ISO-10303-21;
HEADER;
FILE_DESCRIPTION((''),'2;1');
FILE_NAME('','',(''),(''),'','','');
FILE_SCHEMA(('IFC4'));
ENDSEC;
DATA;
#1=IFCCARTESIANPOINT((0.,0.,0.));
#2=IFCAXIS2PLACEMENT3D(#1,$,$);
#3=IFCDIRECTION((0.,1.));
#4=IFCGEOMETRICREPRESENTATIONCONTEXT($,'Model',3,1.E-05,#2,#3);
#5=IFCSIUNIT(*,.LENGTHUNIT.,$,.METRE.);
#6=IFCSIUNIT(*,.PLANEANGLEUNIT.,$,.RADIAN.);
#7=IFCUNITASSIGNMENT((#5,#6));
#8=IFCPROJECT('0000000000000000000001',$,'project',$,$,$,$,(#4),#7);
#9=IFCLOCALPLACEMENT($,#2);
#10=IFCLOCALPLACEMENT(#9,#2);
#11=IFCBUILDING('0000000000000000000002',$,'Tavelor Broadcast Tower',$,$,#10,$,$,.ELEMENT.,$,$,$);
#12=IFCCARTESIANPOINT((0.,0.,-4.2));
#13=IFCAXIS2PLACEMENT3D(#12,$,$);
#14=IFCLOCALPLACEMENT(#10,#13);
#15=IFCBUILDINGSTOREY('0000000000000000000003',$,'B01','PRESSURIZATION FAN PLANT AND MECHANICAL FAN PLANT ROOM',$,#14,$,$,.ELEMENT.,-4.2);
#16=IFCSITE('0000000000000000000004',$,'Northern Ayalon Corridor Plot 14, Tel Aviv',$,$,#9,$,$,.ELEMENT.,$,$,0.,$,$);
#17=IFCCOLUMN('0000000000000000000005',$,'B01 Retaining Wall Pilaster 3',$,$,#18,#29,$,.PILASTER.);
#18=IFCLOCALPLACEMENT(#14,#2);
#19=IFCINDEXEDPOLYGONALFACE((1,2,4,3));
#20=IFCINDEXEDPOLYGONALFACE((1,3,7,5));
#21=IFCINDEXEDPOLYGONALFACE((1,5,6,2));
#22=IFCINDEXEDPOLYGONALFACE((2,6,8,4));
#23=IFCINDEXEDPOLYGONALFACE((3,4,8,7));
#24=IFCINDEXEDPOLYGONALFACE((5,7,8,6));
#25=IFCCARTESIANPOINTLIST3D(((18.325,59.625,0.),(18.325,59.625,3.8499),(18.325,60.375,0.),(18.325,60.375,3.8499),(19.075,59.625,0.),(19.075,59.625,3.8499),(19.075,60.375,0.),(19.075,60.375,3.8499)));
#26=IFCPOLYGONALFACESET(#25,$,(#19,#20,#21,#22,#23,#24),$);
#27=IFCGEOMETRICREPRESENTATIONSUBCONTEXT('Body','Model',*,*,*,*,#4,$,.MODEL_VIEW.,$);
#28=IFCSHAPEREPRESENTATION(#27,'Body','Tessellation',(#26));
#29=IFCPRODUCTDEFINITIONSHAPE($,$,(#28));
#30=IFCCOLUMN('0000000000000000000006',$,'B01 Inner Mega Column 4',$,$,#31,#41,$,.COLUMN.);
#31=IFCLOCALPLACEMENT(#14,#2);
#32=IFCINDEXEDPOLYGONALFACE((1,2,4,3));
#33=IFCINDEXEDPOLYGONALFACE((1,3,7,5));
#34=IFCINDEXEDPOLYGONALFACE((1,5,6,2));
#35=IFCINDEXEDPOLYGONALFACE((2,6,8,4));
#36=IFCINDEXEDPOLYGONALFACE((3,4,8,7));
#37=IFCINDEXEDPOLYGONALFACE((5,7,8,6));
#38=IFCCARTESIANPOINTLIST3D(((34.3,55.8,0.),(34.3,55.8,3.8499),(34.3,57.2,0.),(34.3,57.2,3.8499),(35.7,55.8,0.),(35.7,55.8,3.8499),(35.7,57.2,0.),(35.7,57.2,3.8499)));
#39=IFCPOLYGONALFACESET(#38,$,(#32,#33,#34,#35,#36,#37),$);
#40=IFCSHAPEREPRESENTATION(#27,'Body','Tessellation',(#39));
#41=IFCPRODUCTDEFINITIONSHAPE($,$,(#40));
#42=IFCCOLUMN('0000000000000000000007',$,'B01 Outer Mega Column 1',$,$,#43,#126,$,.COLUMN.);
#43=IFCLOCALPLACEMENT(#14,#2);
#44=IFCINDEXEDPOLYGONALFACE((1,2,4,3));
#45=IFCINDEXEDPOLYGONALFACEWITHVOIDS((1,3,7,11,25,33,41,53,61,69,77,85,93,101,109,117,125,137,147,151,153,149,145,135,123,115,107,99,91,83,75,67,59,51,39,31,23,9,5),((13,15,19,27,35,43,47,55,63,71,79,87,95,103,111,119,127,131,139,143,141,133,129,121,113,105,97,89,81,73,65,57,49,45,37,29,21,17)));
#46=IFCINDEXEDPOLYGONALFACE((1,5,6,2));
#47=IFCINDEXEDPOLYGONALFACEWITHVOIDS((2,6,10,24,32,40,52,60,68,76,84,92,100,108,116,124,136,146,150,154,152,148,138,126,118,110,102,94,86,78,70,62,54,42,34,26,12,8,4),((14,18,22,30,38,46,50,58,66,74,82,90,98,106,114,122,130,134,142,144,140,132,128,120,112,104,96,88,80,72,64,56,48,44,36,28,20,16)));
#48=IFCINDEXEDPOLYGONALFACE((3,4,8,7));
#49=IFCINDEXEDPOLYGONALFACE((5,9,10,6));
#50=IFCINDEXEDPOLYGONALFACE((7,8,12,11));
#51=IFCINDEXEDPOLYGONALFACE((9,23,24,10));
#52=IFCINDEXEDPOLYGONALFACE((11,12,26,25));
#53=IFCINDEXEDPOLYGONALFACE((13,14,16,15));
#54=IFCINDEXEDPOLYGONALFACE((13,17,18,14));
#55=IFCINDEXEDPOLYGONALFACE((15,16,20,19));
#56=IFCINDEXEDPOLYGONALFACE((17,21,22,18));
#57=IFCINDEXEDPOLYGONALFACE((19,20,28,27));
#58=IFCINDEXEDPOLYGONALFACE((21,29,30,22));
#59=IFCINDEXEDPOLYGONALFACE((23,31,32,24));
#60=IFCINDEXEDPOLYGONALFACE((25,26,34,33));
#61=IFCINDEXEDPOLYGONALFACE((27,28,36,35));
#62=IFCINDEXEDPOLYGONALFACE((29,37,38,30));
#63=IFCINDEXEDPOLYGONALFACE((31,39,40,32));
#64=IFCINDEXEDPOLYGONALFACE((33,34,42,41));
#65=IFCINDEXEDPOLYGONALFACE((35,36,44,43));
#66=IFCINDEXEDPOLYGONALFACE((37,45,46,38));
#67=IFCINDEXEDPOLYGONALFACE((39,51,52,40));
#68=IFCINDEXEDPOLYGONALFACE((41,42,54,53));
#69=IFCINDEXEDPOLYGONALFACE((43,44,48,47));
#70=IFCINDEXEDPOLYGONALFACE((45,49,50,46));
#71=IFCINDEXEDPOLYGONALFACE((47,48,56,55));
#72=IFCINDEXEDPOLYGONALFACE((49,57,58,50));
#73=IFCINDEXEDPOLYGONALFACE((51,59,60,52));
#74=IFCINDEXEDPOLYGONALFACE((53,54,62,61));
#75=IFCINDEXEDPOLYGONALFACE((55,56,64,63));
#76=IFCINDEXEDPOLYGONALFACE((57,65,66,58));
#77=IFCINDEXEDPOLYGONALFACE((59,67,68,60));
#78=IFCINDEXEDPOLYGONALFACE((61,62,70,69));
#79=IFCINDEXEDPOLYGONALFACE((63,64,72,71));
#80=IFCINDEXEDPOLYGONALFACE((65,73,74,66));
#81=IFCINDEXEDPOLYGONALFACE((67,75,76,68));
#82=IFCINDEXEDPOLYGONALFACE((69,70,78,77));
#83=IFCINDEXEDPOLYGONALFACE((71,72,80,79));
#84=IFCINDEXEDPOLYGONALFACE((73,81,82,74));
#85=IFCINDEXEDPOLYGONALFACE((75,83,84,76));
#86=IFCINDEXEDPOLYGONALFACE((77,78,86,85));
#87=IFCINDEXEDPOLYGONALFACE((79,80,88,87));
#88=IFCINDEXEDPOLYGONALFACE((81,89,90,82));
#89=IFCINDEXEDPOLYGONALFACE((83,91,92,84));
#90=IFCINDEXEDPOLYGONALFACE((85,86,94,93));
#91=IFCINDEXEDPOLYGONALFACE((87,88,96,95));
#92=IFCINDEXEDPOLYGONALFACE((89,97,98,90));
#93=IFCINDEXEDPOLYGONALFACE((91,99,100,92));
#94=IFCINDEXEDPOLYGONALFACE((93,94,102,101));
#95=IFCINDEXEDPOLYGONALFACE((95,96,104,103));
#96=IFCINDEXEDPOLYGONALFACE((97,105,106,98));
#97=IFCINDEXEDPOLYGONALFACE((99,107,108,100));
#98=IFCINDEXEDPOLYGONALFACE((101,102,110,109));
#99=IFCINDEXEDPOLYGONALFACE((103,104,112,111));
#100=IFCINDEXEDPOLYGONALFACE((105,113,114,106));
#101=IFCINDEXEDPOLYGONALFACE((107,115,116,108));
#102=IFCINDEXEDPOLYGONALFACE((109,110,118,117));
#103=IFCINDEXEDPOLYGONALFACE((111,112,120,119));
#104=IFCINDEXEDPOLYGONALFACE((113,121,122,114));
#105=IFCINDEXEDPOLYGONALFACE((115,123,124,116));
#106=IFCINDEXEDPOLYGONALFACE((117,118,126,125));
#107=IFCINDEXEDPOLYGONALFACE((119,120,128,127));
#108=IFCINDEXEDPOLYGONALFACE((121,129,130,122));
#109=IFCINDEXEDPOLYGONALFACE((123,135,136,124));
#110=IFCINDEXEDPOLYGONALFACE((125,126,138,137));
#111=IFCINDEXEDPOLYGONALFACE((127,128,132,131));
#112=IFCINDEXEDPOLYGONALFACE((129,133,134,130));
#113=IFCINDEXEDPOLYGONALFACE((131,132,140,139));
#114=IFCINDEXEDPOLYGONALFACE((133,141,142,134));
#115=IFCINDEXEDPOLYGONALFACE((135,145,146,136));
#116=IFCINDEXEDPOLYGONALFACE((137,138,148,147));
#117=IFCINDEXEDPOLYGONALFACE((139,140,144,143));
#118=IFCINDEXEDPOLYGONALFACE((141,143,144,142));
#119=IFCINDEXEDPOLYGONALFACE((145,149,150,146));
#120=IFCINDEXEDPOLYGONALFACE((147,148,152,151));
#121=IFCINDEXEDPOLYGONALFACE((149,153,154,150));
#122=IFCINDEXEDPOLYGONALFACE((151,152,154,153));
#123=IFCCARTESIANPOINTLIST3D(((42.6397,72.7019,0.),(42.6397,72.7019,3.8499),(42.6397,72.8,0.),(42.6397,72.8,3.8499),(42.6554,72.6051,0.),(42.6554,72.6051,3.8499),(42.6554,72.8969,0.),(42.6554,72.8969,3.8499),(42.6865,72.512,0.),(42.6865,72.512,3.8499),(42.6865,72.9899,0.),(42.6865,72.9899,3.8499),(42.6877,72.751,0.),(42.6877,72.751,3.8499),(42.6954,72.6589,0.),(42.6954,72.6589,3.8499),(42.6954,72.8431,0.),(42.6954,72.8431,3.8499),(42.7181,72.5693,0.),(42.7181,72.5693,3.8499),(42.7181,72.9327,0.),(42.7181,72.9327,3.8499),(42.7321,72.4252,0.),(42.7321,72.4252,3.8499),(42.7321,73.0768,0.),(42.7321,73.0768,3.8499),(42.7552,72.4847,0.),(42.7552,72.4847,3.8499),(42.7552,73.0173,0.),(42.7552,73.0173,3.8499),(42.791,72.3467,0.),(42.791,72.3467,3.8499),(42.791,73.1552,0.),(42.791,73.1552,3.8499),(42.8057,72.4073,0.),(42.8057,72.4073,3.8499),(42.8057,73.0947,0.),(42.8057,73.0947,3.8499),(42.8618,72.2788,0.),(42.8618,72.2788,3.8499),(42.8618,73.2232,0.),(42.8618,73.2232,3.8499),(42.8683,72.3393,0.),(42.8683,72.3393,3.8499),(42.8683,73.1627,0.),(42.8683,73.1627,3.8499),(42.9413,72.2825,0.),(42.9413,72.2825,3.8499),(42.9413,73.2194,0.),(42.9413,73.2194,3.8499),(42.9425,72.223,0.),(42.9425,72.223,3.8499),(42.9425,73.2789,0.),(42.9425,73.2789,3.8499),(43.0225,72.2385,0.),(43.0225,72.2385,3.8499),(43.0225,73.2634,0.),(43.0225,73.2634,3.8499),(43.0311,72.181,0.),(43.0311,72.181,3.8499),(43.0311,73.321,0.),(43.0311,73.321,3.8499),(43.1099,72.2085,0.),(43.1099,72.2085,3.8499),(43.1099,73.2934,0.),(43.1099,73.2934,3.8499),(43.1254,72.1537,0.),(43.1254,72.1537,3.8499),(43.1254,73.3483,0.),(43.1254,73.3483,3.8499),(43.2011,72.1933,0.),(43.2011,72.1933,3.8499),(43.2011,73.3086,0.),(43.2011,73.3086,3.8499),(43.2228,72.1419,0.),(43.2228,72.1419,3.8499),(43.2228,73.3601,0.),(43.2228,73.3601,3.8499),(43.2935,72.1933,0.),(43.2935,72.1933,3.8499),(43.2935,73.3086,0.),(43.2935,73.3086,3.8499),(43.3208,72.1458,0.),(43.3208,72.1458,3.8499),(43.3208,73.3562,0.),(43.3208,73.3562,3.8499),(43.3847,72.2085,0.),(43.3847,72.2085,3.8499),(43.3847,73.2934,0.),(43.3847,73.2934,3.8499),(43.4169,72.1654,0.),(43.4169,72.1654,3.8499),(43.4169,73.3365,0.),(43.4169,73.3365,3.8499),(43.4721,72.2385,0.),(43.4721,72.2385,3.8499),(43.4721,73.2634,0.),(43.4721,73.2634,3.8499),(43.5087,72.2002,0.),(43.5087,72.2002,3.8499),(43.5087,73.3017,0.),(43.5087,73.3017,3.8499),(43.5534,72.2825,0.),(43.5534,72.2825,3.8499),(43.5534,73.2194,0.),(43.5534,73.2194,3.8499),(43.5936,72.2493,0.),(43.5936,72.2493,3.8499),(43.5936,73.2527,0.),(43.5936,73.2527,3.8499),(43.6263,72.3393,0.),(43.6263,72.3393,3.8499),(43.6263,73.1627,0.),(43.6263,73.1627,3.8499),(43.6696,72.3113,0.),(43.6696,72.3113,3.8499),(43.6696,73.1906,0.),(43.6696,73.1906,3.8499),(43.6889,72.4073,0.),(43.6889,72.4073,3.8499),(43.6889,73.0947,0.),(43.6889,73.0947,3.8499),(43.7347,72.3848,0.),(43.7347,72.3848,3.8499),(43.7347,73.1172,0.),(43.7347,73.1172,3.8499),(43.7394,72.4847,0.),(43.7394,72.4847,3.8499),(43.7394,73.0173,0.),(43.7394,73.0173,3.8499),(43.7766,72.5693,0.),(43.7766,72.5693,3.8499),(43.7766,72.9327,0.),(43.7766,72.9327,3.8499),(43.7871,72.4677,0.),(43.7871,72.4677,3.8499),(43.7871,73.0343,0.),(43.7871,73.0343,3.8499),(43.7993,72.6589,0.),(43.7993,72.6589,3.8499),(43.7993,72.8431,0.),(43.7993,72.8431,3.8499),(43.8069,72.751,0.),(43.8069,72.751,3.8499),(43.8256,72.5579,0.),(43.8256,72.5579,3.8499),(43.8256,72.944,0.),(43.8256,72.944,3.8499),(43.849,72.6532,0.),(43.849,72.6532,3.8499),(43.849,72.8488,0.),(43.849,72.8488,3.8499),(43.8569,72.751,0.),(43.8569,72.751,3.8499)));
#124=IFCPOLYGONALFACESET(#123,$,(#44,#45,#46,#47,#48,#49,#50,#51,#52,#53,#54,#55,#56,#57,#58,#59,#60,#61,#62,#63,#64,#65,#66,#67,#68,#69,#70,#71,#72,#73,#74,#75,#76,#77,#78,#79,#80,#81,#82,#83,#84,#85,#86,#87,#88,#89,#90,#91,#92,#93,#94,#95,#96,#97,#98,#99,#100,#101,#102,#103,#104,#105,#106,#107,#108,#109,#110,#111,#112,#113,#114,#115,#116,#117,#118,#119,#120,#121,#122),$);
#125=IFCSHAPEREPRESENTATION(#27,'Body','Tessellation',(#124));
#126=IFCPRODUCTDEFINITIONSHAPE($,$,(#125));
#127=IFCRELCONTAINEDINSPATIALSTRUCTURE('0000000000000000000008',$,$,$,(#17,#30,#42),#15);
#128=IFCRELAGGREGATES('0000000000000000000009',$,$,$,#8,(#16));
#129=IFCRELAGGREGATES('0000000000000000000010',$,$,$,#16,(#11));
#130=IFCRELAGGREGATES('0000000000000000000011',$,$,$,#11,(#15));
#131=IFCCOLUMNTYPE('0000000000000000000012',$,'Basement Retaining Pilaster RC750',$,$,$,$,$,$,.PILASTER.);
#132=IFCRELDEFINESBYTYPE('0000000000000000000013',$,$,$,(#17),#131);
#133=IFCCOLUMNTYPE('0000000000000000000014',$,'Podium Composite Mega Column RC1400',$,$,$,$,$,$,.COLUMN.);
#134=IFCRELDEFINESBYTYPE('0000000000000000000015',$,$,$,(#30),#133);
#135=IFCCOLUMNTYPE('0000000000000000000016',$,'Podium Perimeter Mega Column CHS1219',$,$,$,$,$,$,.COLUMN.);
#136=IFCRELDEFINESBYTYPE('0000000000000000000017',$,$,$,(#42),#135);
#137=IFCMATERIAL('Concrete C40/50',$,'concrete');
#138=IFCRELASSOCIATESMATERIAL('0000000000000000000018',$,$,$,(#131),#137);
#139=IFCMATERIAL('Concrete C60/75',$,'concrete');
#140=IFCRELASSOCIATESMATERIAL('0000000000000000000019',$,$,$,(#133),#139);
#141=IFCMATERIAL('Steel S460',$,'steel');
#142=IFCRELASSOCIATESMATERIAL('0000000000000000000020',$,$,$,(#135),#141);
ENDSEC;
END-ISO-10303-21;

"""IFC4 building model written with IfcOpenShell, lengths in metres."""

from ifc_helpers import new_model, si_unit, direction, frame, origin, origin_2d, place, context, subcontext, project, spatial, rectangle, hollow_circle, extrude, material, material_profile, profile_set, type_object, element, save


model = new_model("IFC4")

# Units and contexts
model_context = context("Model", 3, precision=1e-05, world=origin(), true_north=direction((0.0, 1.0)))
body_context = subcontext(model_context, "Body", "Model", "MODEL_VIEW")
ifc_project = project(units=[si_unit("LENGTHUNIT", "METRE"), si_unit("PLANEANGLEUNIT", "RADIAN")], contexts=[model_context])

# Site, building, storey
site_placement = place(None, origin())
site = spatial("IfcSite", under=ifc_project, at=site_placement, Name="Northern Ayalon Corridor Plot 14, Tel Aviv", CompositionType="ELEMENT", RefElevation=0.0)
building_placement = place(site_placement, origin())
building = spatial("IfcBuilding", under=site, at=building_placement, Name="Tavelor Broadcast Tower", CompositionType="ELEMENT")
storey_placement = place(building_placement, frame((0.0, 0.0, -4.2)))
storey = spatial("IfcBuildingStorey", under=building, at=storey_placement, Name="B01", Description="PRESSURIZATION FAN PLANT AND MECHANICAL FAN PLANT ROOM", CompositionType="ELEMENT", Elevation=-4.2)

# Columns
ifc_material_1 = material(Name="Concrete C40/50", Category="concrete")
ifc_material_profile_1 = material_profile(ifc_material_1, rectangle(XDim=0.75, YDim=0.75, at=origin_2d()), Name="RC 750x750")
ifc_profile_set_1 = profile_set([ifc_material_profile_1], Name="Concrete C40/50")
column_type_1 = type_object("IfcColumnType", Name="Basement Retaining Pilaster RC750", PredefinedType="PILASTER", material=ifc_profile_set_1)
column_1_placement = place(storey_placement, frame((18.7, 60.0, 0.0), z_axis=(0.0, 0.0, 1.0), x_axis=(1.0, 0.0, 0.0)))
element("IfcColumn", 1, at=column_1_placement, inside=storey, type_object=column_type_1, Name="B01 Retaining Wall Pilaster 3", PredefinedType="PILASTER", context=body_context, shape_type="SweptSolid", body=[
    extrude(rectangle(XDim=0.75, YDim=0.75, at=origin_2d()), origin(), (0.0, 0.0, 1.0), 3.8499),
])
ifc_material_2 = material(Name="Concrete C60/75", Category="concrete")
ifc_material_profile_2 = material_profile(ifc_material_2, rectangle(XDim=1.3999, YDim=1.3999, at=origin_2d()), Name="RC 1400x1400")
ifc_profile_set_2 = profile_set([ifc_material_profile_2], Name="Concrete C60/75")
column_type_2 = type_object("IfcColumnType", Name="Podium Composite Mega Column RC1400", PredefinedType="COLUMN", material=ifc_profile_set_2)
column_2_placement = place(storey_placement, frame((35.0, 56.5, 0.0), z_axis=(0.0, 0.0, 1.0), x_axis=(1.0, 0.0, 0.0)))
element("IfcColumn", 2, at=column_2_placement, inside=storey, type_object=column_type_2, Name="B01 Inner Mega Column 4", PredefinedType="COLUMN", context=body_context, shape_type="SweptSolid", body=[
    extrude(rectangle(XDim=1.3999, YDim=1.3999, at=origin_2d()), origin(), (0.0, 0.0, 1.0), 3.8499),
])
ifc_material_3 = material(Name="Steel S460", Category="steel")
ifc_material_profile_3 = material_profile(ifc_material_3, hollow_circle(Radius=0.6096, WallThickness=0.05, at=origin_2d()), Name="CHS 1219x50")
ifc_profile_set_3 = profile_set([ifc_material_profile_3], Name="Steel S460")
column_type_3 = type_object("IfcColumnType", Name="Podium Perimeter Mega Column CHS1219", PredefinedType="COLUMN", material=ifc_profile_set_3)
for number, where, z_axis, x_axis, name in (
    (3, (43.2473, 72.751, 0.0), (0.0, 0.0, 1.0), (1.0, 0.0, 0.0), "B01 Outer Mega Column 1"),
):
    element("IfcColumn", number, at=place(storey_placement, frame(where, z_axis=z_axis, x_axis=x_axis)), inside=storey, type_object=column_type_3, Name=name, PredefinedType="COLUMN", context=body_context, shape_type="SweptSolid", body=[
        extrude(hollow_circle(Radius=0.6096, WallThickness=0.05, at=origin_2d()), origin(), (0.0, 0.0, 1.0), 3.8499),
    ])

save(model, "model.ifc")
